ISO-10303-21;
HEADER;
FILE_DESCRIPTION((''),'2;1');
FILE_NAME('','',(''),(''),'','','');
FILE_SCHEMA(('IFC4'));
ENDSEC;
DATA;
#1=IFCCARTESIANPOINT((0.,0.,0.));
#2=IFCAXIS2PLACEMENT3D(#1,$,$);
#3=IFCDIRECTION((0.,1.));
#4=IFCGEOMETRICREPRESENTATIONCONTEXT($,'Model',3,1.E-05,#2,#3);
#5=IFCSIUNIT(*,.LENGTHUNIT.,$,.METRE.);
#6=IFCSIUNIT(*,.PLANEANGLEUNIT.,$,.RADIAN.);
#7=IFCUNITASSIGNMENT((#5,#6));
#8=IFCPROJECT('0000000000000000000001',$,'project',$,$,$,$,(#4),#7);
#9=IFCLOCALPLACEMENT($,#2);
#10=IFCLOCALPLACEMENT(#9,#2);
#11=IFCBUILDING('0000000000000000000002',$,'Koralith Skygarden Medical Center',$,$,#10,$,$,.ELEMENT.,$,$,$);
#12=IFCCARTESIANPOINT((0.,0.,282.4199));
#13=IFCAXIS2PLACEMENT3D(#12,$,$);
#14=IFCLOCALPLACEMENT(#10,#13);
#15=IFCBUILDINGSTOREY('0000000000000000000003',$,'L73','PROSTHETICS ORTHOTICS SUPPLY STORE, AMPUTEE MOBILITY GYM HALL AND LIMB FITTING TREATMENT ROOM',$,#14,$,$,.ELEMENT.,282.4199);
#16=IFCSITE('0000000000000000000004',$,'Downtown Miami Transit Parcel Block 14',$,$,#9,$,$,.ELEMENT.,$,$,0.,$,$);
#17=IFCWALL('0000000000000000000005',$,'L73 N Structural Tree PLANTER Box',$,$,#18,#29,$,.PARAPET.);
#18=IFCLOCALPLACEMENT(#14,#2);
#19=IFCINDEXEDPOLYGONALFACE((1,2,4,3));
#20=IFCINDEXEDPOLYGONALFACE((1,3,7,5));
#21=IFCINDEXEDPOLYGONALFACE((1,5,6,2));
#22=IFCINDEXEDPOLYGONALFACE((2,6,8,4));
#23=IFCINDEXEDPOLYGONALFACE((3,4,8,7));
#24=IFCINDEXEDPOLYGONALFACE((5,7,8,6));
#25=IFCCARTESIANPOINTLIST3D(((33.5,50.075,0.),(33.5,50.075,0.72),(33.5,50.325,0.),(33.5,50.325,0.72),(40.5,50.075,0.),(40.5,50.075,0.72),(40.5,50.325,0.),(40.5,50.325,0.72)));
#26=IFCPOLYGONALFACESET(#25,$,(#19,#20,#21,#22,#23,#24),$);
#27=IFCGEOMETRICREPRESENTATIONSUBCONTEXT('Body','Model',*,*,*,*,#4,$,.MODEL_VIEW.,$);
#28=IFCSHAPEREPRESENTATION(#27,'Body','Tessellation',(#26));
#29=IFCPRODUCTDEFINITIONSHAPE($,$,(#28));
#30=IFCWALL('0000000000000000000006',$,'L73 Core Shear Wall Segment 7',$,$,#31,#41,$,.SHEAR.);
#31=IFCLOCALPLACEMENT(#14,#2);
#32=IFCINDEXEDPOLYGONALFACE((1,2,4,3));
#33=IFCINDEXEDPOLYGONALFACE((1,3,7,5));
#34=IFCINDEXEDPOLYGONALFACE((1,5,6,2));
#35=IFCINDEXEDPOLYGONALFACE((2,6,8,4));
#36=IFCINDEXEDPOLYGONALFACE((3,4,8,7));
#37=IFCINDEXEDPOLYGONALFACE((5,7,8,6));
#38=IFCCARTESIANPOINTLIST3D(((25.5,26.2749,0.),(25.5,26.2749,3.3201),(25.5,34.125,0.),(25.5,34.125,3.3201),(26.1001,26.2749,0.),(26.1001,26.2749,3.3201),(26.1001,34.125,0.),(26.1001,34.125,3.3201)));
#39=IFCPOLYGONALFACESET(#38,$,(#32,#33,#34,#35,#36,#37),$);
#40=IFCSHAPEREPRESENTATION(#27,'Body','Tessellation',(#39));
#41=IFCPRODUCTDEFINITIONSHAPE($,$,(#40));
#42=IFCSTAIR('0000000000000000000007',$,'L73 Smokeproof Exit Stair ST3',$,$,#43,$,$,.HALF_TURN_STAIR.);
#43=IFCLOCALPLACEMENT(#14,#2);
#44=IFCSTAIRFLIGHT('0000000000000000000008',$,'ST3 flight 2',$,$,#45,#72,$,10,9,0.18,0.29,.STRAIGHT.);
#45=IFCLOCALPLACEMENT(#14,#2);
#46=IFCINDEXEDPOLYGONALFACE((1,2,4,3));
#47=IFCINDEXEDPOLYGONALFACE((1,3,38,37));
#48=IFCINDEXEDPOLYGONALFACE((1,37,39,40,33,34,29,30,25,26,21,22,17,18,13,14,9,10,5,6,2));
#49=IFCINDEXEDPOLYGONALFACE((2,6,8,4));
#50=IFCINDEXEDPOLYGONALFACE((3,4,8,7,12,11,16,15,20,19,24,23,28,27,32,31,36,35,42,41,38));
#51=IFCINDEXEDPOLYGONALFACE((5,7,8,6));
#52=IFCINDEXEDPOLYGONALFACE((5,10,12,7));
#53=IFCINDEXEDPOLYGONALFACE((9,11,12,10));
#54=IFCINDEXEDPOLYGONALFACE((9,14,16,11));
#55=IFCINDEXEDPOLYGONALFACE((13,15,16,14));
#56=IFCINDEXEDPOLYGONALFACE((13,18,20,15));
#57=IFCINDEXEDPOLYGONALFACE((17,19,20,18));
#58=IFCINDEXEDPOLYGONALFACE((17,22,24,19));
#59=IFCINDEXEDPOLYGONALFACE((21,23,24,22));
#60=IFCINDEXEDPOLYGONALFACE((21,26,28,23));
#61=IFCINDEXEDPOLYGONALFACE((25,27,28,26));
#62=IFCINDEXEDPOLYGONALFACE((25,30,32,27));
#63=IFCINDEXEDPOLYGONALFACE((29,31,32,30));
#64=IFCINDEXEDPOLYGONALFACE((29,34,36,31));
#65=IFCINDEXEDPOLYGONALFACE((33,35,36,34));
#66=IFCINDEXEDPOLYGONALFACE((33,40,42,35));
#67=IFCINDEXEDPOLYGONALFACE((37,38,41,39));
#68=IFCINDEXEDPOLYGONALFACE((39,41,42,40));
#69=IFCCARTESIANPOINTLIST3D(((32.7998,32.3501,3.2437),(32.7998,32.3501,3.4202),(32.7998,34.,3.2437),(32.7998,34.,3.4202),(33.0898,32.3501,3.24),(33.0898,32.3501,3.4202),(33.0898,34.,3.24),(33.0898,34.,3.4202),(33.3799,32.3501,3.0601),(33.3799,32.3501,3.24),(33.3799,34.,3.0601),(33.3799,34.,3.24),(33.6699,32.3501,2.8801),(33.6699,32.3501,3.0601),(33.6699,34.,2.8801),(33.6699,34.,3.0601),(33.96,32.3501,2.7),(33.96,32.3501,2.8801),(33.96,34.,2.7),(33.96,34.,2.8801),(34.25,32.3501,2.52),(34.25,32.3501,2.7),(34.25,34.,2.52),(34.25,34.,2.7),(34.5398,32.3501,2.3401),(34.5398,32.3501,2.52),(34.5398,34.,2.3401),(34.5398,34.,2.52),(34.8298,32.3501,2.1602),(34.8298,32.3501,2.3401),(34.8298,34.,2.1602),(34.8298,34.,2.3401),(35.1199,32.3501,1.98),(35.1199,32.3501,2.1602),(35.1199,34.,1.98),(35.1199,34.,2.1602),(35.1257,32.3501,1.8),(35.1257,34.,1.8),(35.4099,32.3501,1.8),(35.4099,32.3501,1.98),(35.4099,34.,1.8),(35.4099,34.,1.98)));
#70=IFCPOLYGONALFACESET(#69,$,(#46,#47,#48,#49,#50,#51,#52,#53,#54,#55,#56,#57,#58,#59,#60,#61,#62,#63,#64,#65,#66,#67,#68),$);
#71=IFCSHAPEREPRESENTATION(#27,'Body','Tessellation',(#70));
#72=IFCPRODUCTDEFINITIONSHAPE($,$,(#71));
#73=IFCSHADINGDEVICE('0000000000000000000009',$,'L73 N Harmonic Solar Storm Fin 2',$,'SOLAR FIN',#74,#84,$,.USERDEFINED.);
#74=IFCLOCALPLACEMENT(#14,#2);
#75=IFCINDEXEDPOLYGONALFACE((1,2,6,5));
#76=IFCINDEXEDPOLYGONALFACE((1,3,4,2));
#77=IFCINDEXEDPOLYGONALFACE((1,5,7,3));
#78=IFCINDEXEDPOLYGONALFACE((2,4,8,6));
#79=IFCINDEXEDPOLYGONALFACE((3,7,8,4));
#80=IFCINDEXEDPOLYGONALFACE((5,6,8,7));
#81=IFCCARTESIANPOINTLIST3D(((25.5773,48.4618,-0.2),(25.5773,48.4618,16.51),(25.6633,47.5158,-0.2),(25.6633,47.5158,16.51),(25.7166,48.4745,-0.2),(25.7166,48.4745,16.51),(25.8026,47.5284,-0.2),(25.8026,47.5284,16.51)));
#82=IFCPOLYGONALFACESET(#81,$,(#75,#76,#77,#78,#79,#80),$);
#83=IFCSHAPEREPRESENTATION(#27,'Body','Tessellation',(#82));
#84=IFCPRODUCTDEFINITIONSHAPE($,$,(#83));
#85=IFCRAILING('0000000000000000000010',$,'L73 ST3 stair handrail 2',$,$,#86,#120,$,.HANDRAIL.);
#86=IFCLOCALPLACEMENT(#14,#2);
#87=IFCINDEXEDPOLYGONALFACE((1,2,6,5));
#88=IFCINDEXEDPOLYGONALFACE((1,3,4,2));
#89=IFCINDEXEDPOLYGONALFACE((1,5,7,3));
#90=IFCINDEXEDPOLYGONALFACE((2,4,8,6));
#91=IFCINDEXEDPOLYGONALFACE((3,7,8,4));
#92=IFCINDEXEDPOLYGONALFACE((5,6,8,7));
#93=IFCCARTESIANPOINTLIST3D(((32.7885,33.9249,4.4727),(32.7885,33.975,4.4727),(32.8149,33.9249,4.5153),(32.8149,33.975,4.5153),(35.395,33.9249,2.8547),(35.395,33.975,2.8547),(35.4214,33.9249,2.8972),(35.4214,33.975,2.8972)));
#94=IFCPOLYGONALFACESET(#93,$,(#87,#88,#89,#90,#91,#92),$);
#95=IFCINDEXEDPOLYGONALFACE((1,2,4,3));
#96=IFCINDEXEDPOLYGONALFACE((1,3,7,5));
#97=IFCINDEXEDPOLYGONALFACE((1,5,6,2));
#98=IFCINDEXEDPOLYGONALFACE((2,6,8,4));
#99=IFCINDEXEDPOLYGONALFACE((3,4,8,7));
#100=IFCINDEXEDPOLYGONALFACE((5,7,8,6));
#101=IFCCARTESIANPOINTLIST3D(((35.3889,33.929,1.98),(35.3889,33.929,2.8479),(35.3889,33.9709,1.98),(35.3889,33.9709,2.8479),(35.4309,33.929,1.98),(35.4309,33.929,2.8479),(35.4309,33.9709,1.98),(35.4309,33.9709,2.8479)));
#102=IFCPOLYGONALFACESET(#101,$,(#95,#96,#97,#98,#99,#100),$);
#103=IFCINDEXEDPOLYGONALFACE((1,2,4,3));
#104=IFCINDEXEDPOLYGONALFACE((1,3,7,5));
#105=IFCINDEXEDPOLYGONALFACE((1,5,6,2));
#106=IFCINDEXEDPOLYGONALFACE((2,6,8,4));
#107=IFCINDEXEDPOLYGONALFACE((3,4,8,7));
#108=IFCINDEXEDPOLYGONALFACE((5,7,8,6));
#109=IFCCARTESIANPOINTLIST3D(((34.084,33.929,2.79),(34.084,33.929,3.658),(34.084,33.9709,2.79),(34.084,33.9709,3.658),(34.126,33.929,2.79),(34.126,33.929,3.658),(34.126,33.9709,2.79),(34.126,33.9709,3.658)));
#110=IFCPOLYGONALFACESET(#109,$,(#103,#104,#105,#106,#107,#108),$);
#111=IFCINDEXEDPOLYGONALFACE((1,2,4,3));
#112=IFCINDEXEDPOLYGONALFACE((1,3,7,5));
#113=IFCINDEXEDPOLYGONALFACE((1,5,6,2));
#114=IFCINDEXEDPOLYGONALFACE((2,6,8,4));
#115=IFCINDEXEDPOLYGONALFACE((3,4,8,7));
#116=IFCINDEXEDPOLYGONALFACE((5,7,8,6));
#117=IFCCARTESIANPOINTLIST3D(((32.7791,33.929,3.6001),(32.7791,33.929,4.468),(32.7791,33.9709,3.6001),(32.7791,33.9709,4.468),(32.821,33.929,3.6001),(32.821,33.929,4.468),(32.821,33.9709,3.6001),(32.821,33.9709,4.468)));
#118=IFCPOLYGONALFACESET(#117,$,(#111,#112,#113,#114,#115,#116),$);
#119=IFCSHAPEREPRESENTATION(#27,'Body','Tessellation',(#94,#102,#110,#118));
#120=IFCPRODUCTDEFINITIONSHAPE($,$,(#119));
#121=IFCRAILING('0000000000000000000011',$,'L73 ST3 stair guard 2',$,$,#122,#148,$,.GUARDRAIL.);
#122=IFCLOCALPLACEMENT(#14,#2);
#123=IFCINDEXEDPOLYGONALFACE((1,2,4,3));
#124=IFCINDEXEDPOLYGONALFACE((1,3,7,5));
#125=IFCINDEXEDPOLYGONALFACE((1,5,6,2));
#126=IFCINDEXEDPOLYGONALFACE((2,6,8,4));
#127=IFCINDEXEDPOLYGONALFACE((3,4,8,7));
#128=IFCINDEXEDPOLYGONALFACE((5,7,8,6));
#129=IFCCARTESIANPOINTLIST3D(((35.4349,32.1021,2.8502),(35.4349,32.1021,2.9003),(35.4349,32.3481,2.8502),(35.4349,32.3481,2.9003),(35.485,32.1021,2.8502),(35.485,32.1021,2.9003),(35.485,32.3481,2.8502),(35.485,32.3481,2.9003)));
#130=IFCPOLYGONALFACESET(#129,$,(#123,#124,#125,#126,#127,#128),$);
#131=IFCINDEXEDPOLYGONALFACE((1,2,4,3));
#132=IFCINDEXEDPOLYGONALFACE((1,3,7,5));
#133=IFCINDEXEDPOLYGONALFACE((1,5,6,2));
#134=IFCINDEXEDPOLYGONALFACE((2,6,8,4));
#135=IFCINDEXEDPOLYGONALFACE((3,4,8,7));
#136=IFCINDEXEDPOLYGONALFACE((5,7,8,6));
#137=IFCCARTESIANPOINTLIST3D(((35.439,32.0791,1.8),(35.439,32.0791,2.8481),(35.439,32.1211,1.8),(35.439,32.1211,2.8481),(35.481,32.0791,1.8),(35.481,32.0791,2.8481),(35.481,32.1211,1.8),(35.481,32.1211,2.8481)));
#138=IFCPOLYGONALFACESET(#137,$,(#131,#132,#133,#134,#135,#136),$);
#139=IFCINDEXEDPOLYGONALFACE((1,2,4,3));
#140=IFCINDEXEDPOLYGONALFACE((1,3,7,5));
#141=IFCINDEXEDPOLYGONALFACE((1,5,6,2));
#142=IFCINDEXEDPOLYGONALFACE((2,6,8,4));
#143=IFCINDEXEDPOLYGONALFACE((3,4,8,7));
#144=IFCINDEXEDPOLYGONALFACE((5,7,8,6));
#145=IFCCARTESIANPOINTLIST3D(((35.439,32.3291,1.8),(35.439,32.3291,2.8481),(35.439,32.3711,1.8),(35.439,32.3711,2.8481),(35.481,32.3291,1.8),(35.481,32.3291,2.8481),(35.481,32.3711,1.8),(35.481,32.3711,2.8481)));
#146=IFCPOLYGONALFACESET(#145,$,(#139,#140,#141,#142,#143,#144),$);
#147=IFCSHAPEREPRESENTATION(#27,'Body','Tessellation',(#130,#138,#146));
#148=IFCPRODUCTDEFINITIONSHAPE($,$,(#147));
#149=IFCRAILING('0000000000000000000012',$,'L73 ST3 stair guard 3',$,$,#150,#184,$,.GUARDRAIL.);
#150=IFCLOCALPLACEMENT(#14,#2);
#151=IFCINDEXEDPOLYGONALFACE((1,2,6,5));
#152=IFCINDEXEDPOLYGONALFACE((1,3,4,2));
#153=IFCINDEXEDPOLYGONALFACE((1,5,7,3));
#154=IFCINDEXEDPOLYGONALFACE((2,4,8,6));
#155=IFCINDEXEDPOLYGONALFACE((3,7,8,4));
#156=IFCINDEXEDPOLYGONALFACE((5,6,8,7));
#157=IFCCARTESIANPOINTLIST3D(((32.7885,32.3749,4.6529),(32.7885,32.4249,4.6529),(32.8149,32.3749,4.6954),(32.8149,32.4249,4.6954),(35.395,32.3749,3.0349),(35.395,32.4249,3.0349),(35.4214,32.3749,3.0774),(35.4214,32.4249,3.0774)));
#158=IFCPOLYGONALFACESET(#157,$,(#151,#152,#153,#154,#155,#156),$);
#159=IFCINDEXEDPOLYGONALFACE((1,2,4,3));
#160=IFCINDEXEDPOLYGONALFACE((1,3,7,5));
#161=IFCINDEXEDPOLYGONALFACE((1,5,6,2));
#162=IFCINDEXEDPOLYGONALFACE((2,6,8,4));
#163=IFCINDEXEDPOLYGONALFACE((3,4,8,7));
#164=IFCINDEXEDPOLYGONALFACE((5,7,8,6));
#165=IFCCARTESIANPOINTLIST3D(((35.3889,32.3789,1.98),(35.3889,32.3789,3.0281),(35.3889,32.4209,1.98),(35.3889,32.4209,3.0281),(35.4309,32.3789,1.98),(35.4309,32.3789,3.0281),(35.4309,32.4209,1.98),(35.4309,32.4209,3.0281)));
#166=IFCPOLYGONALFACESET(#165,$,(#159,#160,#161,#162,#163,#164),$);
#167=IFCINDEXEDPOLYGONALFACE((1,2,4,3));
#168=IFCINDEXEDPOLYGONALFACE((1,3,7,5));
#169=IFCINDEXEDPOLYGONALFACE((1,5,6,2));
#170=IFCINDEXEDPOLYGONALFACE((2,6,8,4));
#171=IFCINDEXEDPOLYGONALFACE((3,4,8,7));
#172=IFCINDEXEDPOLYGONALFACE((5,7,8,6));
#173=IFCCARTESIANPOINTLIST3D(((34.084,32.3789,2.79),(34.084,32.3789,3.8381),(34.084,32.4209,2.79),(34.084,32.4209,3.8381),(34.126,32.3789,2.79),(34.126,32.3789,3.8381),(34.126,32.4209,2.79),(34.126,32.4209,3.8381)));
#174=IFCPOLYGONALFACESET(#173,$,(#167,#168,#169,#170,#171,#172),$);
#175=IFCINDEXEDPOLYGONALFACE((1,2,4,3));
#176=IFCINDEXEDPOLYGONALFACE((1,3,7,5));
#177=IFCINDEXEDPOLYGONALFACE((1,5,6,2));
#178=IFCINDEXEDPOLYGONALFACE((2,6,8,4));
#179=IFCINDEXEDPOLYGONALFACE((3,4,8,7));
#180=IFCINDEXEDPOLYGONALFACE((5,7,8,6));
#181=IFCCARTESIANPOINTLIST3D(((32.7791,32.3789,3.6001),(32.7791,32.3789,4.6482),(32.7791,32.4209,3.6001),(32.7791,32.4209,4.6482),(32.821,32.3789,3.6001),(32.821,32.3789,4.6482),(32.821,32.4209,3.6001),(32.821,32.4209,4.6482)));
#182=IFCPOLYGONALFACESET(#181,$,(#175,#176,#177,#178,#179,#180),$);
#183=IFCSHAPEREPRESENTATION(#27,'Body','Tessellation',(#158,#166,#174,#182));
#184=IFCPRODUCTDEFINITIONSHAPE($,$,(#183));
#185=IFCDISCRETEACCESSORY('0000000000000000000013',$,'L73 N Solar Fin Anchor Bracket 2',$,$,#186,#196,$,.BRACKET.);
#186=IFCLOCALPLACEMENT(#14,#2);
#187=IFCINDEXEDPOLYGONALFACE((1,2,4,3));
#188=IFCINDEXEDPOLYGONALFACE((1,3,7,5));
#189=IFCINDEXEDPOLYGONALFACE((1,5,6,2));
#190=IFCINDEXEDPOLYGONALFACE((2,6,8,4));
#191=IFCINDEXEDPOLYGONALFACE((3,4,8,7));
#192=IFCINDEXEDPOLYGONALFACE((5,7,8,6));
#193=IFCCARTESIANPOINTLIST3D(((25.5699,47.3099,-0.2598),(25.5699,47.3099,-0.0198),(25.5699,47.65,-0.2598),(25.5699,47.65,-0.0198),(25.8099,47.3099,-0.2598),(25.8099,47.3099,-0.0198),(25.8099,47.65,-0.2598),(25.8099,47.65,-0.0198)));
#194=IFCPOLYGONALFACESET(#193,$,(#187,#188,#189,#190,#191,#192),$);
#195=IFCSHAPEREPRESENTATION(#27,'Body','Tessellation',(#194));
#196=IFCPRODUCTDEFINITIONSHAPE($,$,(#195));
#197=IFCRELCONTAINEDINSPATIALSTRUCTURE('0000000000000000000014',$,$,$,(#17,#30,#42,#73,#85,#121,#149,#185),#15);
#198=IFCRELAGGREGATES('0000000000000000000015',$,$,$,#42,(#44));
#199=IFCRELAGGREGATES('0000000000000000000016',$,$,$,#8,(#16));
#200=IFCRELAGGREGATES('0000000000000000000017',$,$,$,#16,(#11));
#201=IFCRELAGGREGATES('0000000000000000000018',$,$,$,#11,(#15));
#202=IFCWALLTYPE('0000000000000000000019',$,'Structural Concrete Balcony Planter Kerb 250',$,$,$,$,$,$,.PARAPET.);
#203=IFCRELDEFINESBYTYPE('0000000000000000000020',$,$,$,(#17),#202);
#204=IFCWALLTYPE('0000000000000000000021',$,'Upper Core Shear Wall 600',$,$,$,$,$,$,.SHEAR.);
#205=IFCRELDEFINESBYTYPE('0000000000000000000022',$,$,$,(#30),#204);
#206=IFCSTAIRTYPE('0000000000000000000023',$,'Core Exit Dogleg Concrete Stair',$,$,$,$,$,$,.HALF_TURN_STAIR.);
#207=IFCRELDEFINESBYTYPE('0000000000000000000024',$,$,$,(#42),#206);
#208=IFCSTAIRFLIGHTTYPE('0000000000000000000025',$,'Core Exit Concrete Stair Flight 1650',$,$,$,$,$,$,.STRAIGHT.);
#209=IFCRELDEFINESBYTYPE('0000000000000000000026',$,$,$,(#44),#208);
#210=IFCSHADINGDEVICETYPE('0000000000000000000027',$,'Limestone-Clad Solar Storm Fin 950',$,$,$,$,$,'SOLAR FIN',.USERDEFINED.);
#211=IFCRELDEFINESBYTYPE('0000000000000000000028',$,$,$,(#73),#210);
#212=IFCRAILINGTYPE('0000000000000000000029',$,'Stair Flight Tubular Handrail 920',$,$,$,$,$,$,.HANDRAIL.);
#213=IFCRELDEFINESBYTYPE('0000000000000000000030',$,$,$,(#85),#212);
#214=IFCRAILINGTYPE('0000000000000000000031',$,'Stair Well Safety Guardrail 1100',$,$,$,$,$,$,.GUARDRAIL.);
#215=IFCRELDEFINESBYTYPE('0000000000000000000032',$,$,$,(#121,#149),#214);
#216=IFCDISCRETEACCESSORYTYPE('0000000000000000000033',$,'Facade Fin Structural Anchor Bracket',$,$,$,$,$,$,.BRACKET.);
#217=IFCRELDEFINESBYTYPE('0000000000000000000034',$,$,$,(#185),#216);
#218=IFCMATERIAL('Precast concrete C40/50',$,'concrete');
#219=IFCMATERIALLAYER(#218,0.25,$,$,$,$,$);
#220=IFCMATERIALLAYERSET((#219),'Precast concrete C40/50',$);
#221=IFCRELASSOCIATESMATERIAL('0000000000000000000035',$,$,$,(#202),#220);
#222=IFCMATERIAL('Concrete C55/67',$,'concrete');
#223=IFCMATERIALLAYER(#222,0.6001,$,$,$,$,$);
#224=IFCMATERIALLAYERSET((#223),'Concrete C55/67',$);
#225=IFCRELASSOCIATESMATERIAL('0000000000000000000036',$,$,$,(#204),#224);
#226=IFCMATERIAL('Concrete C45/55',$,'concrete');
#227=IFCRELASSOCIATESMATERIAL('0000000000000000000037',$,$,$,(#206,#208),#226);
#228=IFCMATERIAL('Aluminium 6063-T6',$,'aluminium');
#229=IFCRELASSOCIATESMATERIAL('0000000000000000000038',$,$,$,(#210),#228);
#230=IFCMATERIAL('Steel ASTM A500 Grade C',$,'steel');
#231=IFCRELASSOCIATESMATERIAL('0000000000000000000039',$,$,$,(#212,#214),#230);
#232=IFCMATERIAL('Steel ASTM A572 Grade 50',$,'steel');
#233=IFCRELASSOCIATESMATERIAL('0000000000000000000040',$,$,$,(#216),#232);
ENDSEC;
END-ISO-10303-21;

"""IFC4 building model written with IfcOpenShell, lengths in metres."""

from ifc_helpers import new_model, si_unit, direction, frame, frame_2d, origin, origin_2d, place, context, subcontext, project, spatial, polyline, rectangle, outline, extrude, material, layer, layer_set, type_object, element, aggregate, save


model = new_model("IFC4")

# Units and contexts
model_context = context("Model", 3, precision=1e-05, world=origin(), true_north=direction((0.0, 1.0)))
body_context = subcontext(model_context, "Body", "Model", "MODEL_VIEW")
ifc_project = project(units=[si_unit("LENGTHUNIT", "METRE"), si_unit("PLANEANGLEUNIT", "RADIAN")], contexts=[model_context])

# Site, building, storey
site_placement = place(None, origin())
site = spatial("IfcSite", under=ifc_project, at=site_placement, Name="Downtown Miami Transit Parcel Block 14", CompositionType="ELEMENT", RefElevation=0.0)
building_placement = place(site_placement, origin())
building = spatial("IfcBuilding", under=site, at=building_placement, Name="Koralith Skygarden Medical Center", CompositionType="ELEMENT")
storey_placement = place(building_placement, frame((0.0, 0.0, 282.4199)))
storey = spatial("IfcBuildingStorey", under=building, at=storey_placement, Name="L73", Description="PROSTHETICS ORTHOTICS SUPPLY STORE, AMPUTEE MOBILITY GYM HALL AND LIMB FITTING TREATMENT ROOM", CompositionType="ELEMENT", Elevation=282.4199)

# Shared definitions
ifc_material_1 = material(Name="Concrete C55/67", Category="concrete")

# Shared definitions
ifc_material_2 = material(Name="Aluminium 6063-T6", Category="aluminium")

# Walls
ifc_material_3 = material(Name="Precast concrete C40/50", Category="concrete")
ifc_layer_1 = layer(ifc_material_3, 0.25)
ifc_layer_set_1 = layer_set([ifc_layer_1], Name="Precast concrete C40/50")
wall_type_1 = type_object("IfcWallType", Name="Structural Concrete Balcony Planter Kerb 250", PredefinedType="PARAPET", material=ifc_layer_set_1)
wall_1_placement = place(storey_placement, frame((33.5, 50.2, 0.0), z_axis=(0.0, 0.0, 1.0), x_axis=(1.0, 0.0, 0.0)))
element("IfcWall", 1, at=wall_1_placement, inside=storey, type_object=wall_type_1, Name="L73 N Structural Tree PLANTER Box", PredefinedType="PARAPET", context=body_context, shape_type="SweptSolid", body=[
    extrude(rectangle(XDim=7.0, YDim=0.25, at=frame_2d((3.5, 0.0))), origin(), (0.0, 0.0, 1.0), 0.72),
])
ifc_layer_2 = layer(ifc_material_1, 0.6001)
ifc_layer_set_2 = layer_set([ifc_layer_2], Name="Concrete C55/67")
wall_type_2 = type_object("IfcWallType", Name="Upper Core Shear Wall 600", PredefinedType="SHEAR", material=ifc_layer_set_2)
wall_2_placement = place(storey_placement, frame((25.8, 34.125, 0.0), z_axis=(0.0, 0.0, 1.0), x_axis=(0.0, -1.0, 0.0)))
element("IfcWall", 2, at=wall_2_placement, inside=storey, type_object=wall_type_2, Name="L73 Core Shear Wall Segment 7", PredefinedType="SHEAR", context=body_context, shape_type="SweptSolid", body=[
    extrude(rectangle(XDim=7.8501, YDim=0.6001, at=frame_2d((3.925, 0.0))), origin(), (0.0, 0.0, 1.0), 3.3201),
])

# Stair, stair flight
ifc_material_4 = material(Name="Concrete C45/55", Category="concrete")
stair_type = type_object("IfcStairType", Name="Core Exit Dogleg Concrete Stair", PredefinedType="HALF_TURN_STAIR", material=ifc_material_4)
stair_placement = place(storey_placement, origin())
stair = element("IfcStair", 3, at=stair_placement, inside=storey, type_object=stair_type, Name="L73 Smokeproof Exit Stair ST3", PredefinedType="HALF_TURN_STAIR")
stair_flight_type = type_object("IfcStairFlightType", Name="Core Exit Concrete Stair Flight 1650", PredefinedType="STRAIGHT", material=ifc_material_4)
stair_flight_placement = place(storey_placement, frame((35.4099, 33.175, 1.8), z_axis=(0.0, 0.0, 1.0), x_axis=(-1.0, 0.0, 0.0)))
stair_flight = element("IfcStairFlight", 4, at=stair_flight_placement, type_object=stair_flight_type, Name="ST3 flight 2", NumberOfRisers=10, NumberOfTreads=9, PredefinedType="STRAIGHT", RiserHeight=0.18, TreadLength=0.29, context=body_context, shape_type="SweptSolid", body=[
    extrude(outline(polyline([(0.0, 0.0), (0.0, 0.1799), (0.29, 0.1799), (0.29, 0.3601), (0.5801, 0.3601), (0.5801, 0.54), (0.8701, 0.54), (0.8701, 0.72), (1.1599, 0.72), (1.1599, 0.8999), (1.45, 0.8999), (1.45, 1.0801), (1.74, 1.0801), (1.74, 1.26), (2.03, 1.26), (2.03, 1.4399), (2.3201, 1.4399), (2.3201, 1.6201), (2.6101, 1.6201), (2.6101, 1.8), (2.6101, 1.4436), (0.2842, 0.0), (0.0, 0.0)])), frame((0.0, 0.825, 0.0), z_axis=(0.0, -1.0, 0.0), x_axis=(1.0, 0.0, 0.0)), (0.0, 0.0, 1.0), 1.6499),
])
aggregate(stair, [stair_flight])

# Shading device
shading_device_type = type_object("IfcShadingDeviceType", Name="Limestone-Clad Solar Storm Fin 950", ElementType="SOLAR FIN", PredefinedType="USERDEFINED", material=ifc_material_2)
shading_device_placement = place(storey_placement, frame((25.6899, 47.9951, -0.2), z_axis=(0.0, 0.0, 1.0), x_axis=(-0.090494, 0.995897, 0.0)))
element("IfcShadingDevice", 5, at=shading_device_placement, inside=storey, type_object=shading_device_type, Name="L73 N Harmonic Solar Storm Fin 2", ObjectType="SOLAR FIN", PredefinedType="USERDEFINED", context=body_context, shape_type="SweptSolid", body=[
    extrude(rectangle(XDim=0.95, YDim=0.1399, at=origin_2d()), origin(), (0.0, 0.0, 1.0), 16.71),
])

# Railings
ifc_material_5 = material(Name="Steel ASTM A500 Grade C", Category="steel")
railing_type_1 = type_object("IfcRailingType", Name="Stair Flight Tubular Handrail 920", PredefinedType="HANDRAIL", material=ifc_material_5)
railing_1_placement = place(storey_placement, frame((35.4099, 33.95, 1.98)))
element("IfcRailing", 6, at=railing_1_placement, inside=storey, type_object=railing_type_1, Name="L73 ST3 stair handrail 2", PredefinedType="HANDRAIL", context=body_context, shape_type="SweptSolid", body=[
    extrude(rectangle(XDim=0.05, YDim=0.05, at=origin_2d()), frame((-0.0017, 0.0, 0.896), z_axis=(-0.849611, 0.0, 0.52741), x_axis=(0.0, -1.0, 0.0)), (0.0, 0.0, 1.0), 3.0679),
    extrude(rectangle(XDim=0.042, YDim=0.042, at=origin_2d()), origin(), (0.0, 0.0, 1.0), 0.8679),
    extrude(rectangle(XDim=0.042, YDim=0.042, at=origin_2d()), frame((-1.3049, 0.0, 0.8101)), (0.0, 0.0, 1.0), 0.8679),
    extrude(rectangle(XDim=0.042, YDim=0.042, at=origin_2d()), frame((-2.6099, 0.0, 1.6201)), (0.0, 0.0, 1.0), 0.8679),
])
railing_type_2 = type_object("IfcRailingType", Name="Stair Well Safety Guardrail 1100", PredefinedType="GUARDRAIL", material=ifc_material_5)
railing_2_placement = place(storey_placement, frame((35.46, 32.1001, 1.8)))
element("IfcRailing", 7, at=railing_2_placement, inside=storey, type_object=railing_type_2, Name="L73 ST3 stair guard 2", PredefinedType="GUARDRAIL", context=body_context, shape_type="SweptSolid", body=[
    extrude(rectangle(XDim=0.05, YDim=0.05, at=origin_2d()), frame((0.0, 0.002, 1.0752), z_axis=(0.0, 1.0, 0.0), x_axis=(-1.0, 0.0, 0.0)), (0.0, 0.0, 1.0), 0.2461),
    extrude(rectangle(XDim=0.042, YDim=0.042, at=origin_2d()), origin(), (0.0, 0.0, 1.0), 1.0481),
    extrude(rectangle(XDim=0.042, YDim=0.042, at=origin_2d()), frame((0.0, 0.25, 0.0)), (0.0, 0.0, 1.0), 1.0481),
])
railing_3_placement = place(storey_placement, frame((35.4099, 32.3999, 1.98)))
element("IfcRailing", 8, at=railing_3_placement, inside=storey, type_object=railing_type_2, Name="L73 ST3 stair guard 3", PredefinedType="GUARDRAIL", context=body_context, shape_type="SweptSolid", body=[
    extrude(rectangle(XDim=0.05, YDim=0.05, at=origin_2d()), frame((-0.0017, 0.0, 1.0762), z_axis=(-0.849611, 0.0, 0.52741), x_axis=(0.0, -1.0, 0.0)), (0.0, 0.0, 1.0), 3.0679),
    extrude(rectangle(XDim=0.042, YDim=0.042, at=origin_2d()), origin(), (0.0, 0.0, 1.0), 1.0481),
    extrude(rectangle(XDim=0.042, YDim=0.042, at=origin_2d()), frame((-1.3049, 0.0, 0.8101)), (0.0, 0.0, 1.0), 1.0481),
    extrude(rectangle(XDim=0.042, YDim=0.042, at=origin_2d()), frame((-2.6099, 0.0, 1.6201)), (0.0, 0.0, 1.0), 1.0481),
])

# Discrete accessory
ifc_material_6 = material(Name="Steel ASTM A572 Grade 50", Category="steel")
discrete_accessory_type = type_object("IfcDiscreteAccessoryType", Name="Facade Fin Structural Anchor Bracket", PredefinedType="BRACKET", material=ifc_material_6)
discrete_accessory_placement = place(storey_placement, frame((25.6899, 47.48, -0.2598), z_axis=(0.0, 0.0, 1.0), x_axis=(0.0, 1.0, 0.0)))
element("IfcDiscreteAccessory", 9, at=discrete_accessory_placement, inside=storey, type_object=discrete_accessory_type, Name="L73 N Solar Fin Anchor Bracket 2", PredefinedType="BRACKET", context=body_context, shape_type="SweptSolid", body=[
    extrude(rectangle(XDim=0.3401, YDim=0.24, at=origin_2d()), origin(), (0.0, 0.0, 1.0), 0.24),
])

save(model, "model.ifc")
